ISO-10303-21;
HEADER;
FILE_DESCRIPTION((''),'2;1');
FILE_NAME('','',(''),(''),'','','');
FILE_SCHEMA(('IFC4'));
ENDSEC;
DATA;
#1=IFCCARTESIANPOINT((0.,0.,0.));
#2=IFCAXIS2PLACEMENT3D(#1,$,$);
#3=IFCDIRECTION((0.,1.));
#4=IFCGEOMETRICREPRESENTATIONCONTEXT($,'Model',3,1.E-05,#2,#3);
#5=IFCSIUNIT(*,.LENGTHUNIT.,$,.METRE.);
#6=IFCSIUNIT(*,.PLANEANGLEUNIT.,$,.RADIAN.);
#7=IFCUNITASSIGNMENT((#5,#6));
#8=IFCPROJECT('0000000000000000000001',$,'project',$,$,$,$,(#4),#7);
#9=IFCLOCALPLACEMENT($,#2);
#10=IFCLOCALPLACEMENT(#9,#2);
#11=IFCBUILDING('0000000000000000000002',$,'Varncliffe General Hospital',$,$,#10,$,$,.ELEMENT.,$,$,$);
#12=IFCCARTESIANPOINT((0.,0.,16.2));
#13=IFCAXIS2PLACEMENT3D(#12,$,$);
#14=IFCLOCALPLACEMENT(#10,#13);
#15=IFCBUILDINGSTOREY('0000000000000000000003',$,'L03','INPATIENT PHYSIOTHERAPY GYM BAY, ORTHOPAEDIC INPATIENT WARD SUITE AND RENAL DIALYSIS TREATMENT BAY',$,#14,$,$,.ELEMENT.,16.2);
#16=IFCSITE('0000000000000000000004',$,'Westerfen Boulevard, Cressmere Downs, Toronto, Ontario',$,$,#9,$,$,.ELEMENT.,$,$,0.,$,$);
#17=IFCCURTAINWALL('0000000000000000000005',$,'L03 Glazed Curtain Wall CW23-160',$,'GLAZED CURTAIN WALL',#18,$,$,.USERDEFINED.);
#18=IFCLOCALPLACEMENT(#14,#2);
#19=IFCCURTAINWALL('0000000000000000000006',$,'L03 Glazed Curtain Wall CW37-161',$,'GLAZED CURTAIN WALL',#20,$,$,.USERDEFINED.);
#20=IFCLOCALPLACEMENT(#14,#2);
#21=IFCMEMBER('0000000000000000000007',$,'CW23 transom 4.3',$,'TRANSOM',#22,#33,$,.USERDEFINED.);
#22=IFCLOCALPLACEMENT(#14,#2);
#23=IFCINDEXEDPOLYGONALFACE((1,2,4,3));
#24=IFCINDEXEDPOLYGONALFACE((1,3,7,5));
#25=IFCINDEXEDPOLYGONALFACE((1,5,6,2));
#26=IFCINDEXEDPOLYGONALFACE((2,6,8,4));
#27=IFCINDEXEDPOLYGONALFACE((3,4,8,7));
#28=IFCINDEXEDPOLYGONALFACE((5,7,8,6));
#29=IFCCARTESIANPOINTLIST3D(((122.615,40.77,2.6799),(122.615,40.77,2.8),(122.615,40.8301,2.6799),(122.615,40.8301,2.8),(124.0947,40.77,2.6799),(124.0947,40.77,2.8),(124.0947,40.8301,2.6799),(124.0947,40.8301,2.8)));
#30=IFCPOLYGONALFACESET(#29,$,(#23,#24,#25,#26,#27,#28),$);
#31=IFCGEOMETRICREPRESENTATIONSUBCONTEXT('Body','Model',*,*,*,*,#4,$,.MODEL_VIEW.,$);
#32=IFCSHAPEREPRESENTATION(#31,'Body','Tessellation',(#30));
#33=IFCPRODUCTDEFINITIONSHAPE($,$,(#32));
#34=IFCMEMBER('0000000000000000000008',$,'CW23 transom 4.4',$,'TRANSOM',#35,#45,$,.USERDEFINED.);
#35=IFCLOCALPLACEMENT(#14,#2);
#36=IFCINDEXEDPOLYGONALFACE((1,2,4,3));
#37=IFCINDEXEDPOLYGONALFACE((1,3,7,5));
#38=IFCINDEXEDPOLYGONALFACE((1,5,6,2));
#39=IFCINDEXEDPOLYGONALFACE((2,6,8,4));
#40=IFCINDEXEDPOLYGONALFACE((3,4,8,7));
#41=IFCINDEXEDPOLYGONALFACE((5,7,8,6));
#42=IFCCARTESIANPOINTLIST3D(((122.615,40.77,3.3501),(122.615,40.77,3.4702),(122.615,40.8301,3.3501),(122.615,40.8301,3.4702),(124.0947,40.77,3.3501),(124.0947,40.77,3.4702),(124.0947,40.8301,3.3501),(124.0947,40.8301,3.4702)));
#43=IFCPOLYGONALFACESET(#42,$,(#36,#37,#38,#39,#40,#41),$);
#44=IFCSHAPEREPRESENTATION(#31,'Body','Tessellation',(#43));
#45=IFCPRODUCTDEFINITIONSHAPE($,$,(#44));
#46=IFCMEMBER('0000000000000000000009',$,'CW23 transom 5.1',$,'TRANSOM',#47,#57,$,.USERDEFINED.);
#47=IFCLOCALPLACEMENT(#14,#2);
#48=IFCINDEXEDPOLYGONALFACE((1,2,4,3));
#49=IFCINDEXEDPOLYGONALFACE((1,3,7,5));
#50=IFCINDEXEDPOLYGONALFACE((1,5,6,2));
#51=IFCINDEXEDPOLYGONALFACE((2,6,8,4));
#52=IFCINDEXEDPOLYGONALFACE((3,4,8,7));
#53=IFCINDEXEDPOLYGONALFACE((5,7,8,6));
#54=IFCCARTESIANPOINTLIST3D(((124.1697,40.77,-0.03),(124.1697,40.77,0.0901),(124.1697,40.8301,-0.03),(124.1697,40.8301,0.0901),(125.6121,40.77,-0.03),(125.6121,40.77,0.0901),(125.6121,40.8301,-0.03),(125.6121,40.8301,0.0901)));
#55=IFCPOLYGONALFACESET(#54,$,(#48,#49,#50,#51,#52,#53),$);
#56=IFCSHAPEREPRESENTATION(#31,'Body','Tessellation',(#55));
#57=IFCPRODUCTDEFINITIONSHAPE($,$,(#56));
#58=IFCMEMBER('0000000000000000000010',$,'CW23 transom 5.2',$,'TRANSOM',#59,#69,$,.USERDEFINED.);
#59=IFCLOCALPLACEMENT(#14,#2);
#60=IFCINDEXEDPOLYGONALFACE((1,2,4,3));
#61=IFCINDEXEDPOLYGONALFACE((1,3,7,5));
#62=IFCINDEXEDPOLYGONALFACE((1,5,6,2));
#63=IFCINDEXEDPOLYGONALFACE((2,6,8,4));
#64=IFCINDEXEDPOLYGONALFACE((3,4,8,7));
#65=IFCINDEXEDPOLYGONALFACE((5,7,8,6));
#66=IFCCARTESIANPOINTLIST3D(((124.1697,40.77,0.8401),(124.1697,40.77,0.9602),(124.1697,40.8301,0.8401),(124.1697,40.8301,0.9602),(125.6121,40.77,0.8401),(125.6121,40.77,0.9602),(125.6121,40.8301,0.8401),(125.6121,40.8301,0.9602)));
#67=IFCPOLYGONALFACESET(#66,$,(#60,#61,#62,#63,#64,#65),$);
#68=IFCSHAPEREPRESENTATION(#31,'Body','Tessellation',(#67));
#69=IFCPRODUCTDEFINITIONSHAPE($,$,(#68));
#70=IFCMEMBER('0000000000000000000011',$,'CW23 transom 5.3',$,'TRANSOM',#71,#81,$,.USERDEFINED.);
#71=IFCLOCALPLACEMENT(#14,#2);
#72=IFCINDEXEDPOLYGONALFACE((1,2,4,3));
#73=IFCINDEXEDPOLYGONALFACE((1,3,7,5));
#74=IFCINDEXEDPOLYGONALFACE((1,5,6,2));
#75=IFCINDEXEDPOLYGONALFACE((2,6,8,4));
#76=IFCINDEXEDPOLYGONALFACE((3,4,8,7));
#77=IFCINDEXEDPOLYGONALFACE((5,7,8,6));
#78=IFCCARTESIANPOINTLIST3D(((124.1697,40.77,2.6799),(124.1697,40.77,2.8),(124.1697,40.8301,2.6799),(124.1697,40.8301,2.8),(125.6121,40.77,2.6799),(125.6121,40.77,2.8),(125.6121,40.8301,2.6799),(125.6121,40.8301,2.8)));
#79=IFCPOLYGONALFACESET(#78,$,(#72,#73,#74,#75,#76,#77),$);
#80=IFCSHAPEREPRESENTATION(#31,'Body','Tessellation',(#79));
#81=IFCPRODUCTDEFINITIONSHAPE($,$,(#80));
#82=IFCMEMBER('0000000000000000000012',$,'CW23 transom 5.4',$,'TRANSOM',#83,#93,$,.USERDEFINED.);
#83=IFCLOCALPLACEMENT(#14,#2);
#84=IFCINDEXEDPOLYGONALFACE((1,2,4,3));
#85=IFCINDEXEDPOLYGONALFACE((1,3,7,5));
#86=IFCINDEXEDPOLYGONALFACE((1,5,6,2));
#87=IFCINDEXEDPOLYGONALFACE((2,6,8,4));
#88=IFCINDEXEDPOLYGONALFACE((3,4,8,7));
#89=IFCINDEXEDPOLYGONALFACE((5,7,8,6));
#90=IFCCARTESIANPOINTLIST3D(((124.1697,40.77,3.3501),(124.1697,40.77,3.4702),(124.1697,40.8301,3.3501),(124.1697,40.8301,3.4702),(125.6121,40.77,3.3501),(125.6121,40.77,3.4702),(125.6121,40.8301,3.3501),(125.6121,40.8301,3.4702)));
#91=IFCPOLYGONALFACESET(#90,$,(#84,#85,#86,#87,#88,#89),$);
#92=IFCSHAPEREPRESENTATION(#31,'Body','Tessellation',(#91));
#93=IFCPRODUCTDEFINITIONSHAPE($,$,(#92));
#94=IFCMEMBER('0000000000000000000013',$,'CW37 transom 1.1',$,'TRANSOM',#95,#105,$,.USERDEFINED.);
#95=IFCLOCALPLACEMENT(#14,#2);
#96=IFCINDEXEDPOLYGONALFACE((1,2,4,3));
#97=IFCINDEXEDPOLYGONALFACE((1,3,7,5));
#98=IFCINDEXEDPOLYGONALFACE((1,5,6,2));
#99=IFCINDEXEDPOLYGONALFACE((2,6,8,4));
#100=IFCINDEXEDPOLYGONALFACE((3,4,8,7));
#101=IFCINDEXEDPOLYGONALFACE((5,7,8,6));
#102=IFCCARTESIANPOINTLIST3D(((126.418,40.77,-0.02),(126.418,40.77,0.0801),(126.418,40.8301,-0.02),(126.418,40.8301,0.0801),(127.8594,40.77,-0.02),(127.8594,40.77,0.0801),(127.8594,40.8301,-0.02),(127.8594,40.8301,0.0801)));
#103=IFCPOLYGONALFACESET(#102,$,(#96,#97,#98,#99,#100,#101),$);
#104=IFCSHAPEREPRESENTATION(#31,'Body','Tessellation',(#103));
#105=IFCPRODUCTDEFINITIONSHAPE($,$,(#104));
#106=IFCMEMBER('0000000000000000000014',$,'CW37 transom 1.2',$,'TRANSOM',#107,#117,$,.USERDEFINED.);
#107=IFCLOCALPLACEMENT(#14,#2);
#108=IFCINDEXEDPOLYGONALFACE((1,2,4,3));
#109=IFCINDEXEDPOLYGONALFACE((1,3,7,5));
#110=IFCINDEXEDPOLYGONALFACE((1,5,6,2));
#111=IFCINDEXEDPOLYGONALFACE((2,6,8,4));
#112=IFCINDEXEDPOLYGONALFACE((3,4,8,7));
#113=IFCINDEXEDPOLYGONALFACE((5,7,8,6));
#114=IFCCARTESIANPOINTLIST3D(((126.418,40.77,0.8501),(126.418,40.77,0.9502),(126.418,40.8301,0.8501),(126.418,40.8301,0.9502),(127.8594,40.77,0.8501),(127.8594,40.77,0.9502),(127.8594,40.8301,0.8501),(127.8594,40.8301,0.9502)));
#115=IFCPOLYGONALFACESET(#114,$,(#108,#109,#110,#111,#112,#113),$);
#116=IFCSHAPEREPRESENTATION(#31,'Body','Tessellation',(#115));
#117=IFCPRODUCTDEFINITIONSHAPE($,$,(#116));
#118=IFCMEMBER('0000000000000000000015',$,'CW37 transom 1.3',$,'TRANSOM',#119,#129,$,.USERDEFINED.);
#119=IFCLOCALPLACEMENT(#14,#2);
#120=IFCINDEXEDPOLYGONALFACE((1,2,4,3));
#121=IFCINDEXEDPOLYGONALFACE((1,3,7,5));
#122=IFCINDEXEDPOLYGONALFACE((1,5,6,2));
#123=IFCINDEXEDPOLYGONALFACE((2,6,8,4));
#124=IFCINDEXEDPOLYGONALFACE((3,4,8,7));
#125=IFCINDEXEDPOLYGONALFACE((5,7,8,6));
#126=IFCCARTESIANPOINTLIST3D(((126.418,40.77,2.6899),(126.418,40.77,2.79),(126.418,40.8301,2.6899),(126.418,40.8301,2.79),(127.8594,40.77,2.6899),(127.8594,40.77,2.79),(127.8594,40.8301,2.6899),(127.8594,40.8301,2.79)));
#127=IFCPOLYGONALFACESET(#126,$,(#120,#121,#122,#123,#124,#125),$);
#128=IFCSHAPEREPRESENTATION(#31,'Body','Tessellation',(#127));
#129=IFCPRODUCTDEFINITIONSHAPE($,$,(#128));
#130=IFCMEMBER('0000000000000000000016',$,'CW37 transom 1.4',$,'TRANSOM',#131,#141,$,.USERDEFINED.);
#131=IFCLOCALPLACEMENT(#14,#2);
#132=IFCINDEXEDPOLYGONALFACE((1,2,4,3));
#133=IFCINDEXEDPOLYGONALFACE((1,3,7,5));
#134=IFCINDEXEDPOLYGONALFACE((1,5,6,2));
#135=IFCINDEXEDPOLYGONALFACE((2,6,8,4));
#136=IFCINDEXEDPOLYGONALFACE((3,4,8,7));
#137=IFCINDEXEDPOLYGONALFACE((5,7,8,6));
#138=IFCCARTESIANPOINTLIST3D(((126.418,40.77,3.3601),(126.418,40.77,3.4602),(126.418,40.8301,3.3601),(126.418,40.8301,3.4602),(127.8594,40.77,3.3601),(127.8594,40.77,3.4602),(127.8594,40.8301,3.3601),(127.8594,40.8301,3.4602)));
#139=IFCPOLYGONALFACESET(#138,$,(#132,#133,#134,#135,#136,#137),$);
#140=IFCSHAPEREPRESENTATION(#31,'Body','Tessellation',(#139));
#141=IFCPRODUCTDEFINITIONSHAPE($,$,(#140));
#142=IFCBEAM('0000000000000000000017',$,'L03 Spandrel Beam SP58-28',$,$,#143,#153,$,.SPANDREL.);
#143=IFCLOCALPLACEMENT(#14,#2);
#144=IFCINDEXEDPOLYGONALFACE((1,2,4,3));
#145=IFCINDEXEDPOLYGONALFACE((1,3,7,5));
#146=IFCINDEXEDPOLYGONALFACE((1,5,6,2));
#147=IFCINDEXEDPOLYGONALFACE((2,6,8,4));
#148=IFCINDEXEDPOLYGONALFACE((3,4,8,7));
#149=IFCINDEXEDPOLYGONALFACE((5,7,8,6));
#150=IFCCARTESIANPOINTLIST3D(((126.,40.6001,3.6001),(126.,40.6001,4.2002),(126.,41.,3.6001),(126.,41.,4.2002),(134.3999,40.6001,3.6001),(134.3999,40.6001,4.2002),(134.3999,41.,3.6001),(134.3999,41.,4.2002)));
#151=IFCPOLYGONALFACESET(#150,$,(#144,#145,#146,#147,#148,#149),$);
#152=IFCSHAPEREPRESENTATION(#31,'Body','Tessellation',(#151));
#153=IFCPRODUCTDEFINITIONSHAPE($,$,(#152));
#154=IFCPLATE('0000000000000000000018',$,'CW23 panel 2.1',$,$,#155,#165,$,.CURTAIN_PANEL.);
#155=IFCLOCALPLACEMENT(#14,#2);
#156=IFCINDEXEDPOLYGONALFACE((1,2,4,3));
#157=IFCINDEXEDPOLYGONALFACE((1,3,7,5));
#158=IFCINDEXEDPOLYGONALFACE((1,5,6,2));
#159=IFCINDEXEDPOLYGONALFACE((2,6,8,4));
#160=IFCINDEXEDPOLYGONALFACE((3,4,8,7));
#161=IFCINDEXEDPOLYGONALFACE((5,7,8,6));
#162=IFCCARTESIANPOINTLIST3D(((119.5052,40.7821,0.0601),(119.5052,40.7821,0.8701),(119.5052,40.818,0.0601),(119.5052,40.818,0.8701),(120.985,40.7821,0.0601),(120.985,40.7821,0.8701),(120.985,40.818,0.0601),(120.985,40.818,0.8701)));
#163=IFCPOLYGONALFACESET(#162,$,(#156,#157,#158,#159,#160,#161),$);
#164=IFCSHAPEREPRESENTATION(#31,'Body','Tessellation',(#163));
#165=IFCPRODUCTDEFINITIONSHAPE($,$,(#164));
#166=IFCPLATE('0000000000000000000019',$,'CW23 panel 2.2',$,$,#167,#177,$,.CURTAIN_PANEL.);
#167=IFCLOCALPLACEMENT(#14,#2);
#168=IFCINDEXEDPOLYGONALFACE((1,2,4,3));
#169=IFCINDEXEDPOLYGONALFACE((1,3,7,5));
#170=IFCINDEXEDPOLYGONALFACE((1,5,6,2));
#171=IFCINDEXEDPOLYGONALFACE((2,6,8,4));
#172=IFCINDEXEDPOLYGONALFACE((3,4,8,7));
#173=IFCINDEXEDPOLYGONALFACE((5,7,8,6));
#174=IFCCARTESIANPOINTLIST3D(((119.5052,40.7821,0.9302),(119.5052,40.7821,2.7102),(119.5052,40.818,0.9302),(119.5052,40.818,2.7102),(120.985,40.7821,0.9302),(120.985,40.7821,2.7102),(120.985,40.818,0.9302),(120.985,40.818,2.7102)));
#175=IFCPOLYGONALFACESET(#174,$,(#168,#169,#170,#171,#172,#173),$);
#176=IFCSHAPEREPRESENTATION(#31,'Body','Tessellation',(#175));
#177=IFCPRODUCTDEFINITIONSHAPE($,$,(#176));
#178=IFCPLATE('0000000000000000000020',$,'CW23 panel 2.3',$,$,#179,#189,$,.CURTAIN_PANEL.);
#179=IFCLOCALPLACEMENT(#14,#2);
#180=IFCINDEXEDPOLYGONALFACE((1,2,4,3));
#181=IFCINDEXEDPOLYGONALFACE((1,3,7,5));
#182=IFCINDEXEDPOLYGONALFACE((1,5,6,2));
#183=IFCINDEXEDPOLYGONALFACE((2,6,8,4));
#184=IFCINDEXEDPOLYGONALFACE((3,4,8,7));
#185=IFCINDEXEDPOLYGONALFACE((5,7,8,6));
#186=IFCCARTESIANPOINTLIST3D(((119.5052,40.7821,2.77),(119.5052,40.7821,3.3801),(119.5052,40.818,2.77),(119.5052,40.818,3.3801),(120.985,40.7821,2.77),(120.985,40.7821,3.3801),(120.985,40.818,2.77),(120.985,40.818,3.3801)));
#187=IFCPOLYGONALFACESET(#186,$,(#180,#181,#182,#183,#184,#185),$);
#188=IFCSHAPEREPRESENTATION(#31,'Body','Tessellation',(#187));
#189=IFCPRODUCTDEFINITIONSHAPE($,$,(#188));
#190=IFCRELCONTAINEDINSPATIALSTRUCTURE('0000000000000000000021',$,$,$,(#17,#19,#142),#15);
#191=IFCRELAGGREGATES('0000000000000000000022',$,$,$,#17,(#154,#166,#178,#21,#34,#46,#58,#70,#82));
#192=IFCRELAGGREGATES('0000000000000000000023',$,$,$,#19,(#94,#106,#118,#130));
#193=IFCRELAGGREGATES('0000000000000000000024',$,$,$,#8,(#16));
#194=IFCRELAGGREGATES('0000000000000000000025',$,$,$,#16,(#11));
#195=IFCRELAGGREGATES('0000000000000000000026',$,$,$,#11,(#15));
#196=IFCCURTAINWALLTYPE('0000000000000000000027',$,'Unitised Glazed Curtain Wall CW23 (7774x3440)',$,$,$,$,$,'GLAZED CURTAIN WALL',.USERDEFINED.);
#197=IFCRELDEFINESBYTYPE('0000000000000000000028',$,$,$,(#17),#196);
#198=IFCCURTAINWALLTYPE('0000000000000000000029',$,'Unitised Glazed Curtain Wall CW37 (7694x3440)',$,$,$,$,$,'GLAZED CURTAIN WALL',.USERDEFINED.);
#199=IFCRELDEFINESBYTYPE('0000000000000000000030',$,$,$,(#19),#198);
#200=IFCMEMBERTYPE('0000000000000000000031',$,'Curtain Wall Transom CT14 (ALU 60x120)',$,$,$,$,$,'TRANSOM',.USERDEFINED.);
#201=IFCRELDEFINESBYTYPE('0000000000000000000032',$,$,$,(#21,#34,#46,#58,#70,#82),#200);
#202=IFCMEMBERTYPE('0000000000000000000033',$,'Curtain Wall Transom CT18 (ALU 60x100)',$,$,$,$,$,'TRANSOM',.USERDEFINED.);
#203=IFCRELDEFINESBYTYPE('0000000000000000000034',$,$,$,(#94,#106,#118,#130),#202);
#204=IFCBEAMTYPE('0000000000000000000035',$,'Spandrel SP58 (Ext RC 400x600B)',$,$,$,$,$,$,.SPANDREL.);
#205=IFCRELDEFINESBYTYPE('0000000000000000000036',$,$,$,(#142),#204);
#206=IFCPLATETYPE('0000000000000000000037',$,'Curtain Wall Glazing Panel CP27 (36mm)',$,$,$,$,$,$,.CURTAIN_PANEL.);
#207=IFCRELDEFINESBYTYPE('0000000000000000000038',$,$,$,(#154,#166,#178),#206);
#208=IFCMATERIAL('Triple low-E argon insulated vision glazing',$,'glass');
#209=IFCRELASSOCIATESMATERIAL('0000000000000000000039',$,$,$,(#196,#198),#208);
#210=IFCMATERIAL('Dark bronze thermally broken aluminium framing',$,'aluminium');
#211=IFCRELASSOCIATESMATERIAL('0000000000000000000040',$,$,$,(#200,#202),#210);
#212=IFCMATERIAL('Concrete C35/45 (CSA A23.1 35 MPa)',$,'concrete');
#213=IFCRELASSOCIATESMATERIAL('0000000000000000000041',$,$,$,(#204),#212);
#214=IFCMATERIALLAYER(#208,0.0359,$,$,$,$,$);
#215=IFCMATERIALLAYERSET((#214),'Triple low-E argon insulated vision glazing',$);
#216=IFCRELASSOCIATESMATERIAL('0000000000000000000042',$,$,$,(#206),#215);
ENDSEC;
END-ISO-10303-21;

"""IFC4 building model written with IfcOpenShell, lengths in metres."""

from ifc_helpers import new_model, si_unit, direction, frame, origin, origin_2d, place, context, subcontext, project, spatial, rectangle, extrude, material, layer, layer_set, material_profile, profile_set, type_object, element, aggregate, save


model = new_model("IFC4")

# Units and contexts
model_context = context("Model", 3, precision=1e-05, world=origin(), true_north=direction((0.0, 1.0)))
body_context = subcontext(model_context, "Body", "Model", "MODEL_VIEW")
ifc_project = project(units=[si_unit("LENGTHUNIT", "METRE"), si_unit("PLANEANGLEUNIT", "RADIAN")], contexts=[model_context])

# Site, building, storey
site_placement = place(None, origin())
site = spatial("IfcSite", under=ifc_project, at=site_placement, Name="Westerfen Boulevard, Cressmere Downs, Toronto, Ontario", CompositionType="ELEMENT", RefElevation=0.0)
building_placement = place(site_placement, origin())
building = spatial("IfcBuilding", under=site, at=building_placement, Name="Varncliffe General Hospital", CompositionType="ELEMENT")
storey_placement = place(building_placement, frame((0.0, 0.0, 16.2)))
storey = spatial("IfcBuildingStorey", under=building, at=storey_placement, Name="L03", Description="INPATIENT PHYSIOTHERAPY GYM BAY, ORTHOPAEDIC INPATIENT WARD SUITE AND RENAL DIALYSIS TREATMENT BAY", CompositionType="ELEMENT", Elevation=16.2)

# Curtain wall
ifc_material_1 = material(Name="Triple low-E argon insulated vision glazing", Category="glass")
curtain_wall_type_1 = type_object("IfcCurtainWallType", Name="Unitised Glazed Curtain Wall CW23 (7774x3440)", ElementType="GLAZED CURTAIN WALL", PredefinedType="USERDEFINED", material=ifc_material_1)
curtain_wall_1_placement = place(storey_placement, origin())
curtain_wall_1 = element("IfcCurtainWall", 1, at=curtain_wall_1_placement, inside=storey, type_object=curtain_wall_type_1, Name="L03 Glazed Curtain Wall CW23-160", ObjectType="GLAZED CURTAIN WALL", PredefinedType="USERDEFINED")
ifc_material_2 = material(Name="Dark bronze thermally broken aluminium framing", Category="aluminium")

# Curtain wall
curtain_wall_type_2 = type_object("IfcCurtainWallType", Name="Unitised Glazed Curtain Wall CW37 (7694x3440)", ElementType="GLAZED CURTAIN WALL", PredefinedType="USERDEFINED", material=ifc_material_1)
curtain_wall_2_placement = place(storey_placement, origin())
curtain_wall_2 = element("IfcCurtainWall", 2, at=curtain_wall_2_placement, inside=storey, type_object=curtain_wall_type_2, Name="L03 Glazed Curtain Wall CW37-161", ObjectType="GLAZED CURTAIN WALL", PredefinedType="USERDEFINED")

# Members
ifc_material_profile_1 = material_profile(ifc_material_2, rectangle(XDim=0.0601, YDim=0.1201, at=origin_2d()), Name="ALU 60x120")
ifc_profile_set_1 = profile_set([ifc_material_profile_1], Name="Dark bronze thermally broken aluminium framing")
member_type_1 = type_object("IfcMemberType", Name="Curtain Wall Transom CT14 (ALU 60x120)", ElementType="TRANSOM", PredefinedType="USERDEFINED", material=ifc_profile_set_1)
member_1_placement = place(storey_placement, frame((122.615, 40.8, 2.74), z_axis=(1.0, 0.0, 0.0), x_axis=(0.0, 1.0, 0.0)))
member_1 = element("IfcMember", 3, at=member_1_placement, type_object=member_type_1, Name="CW23 transom 4.3", ObjectType="TRANSOM", PredefinedType="USERDEFINED", context=body_context, shape_type="SweptSolid", body=[
    extrude(rectangle(XDim=0.0601, YDim=0.1201, at=origin_2d()), origin(), (0.0, 0.0, 1.0), 1.4797),
])
member_2_placement = place(storey_placement, frame((122.615, 40.8, 3.4102), z_axis=(1.0, 0.0, 0.0), x_axis=(0.0, 1.0, 0.0)))
member_2 = element("IfcMember", 4, at=member_2_placement, type_object=member_type_1, Name="CW23 transom 4.4", ObjectType="TRANSOM", PredefinedType="USERDEFINED", context=body_context, shape_type="SweptSolid", body=[
    extrude(rectangle(XDim=0.0601, YDim=0.1201, at=origin_2d()), origin(), (0.0, 0.0, 1.0), 1.4797),
])
member_3_placement = place(storey_placement, frame((124.1697, 40.8, 0.03), z_axis=(1.0, 0.0, 0.0), x_axis=(0.0, 1.0, 0.0)))
member_3 = element("IfcMember", 5, at=member_3_placement, type_object=member_type_1, Name="CW23 transom 5.1", ObjectType="TRANSOM", PredefinedType="USERDEFINED", context=body_context, shape_type="SweptSolid", body=[
    extrude(rectangle(XDim=0.0601, YDim=0.1201, at=origin_2d()), origin(), (0.0, 0.0, 1.0), 1.4424),
])
member_4_placement = place(storey_placement, frame((124.1697, 40.8, 0.9001), z_axis=(1.0, 0.0, 0.0), x_axis=(0.0, 1.0, 0.0)))
member_4 = element("IfcMember", 6, at=member_4_placement, type_object=member_type_1, Name="CW23 transom 5.2", ObjectType="TRANSOM", PredefinedType="USERDEFINED", context=body_context, shape_type="SweptSolid", body=[
    extrude(rectangle(XDim=0.0601, YDim=0.1201, at=origin_2d()), origin(), (0.0, 0.0, 1.0), 1.4424),
])
member_5_placement = place(storey_placement, frame((124.1697, 40.8, 2.74), z_axis=(1.0, 0.0, 0.0), x_axis=(0.0, 1.0, 0.0)))
member_5 = element("IfcMember", 7, at=member_5_placement, type_object=member_type_1, Name="CW23 transom 5.3", ObjectType="TRANSOM", PredefinedType="USERDEFINED", context=body_context, shape_type="SweptSolid", body=[
    extrude(rectangle(XDim=0.0601, YDim=0.1201, at=origin_2d()), origin(), (0.0, 0.0, 1.0), 1.4424),
])
member_6_placement = place(storey_placement, frame((124.1697, 40.8, 3.4102), z_axis=(1.0, 0.0, 0.0), x_axis=(0.0, 1.0, 0.0)))
member_6 = element("IfcMember", 8, at=member_6_placement, type_object=member_type_1, Name="CW23 transom 5.4", ObjectType="TRANSOM", PredefinedType="USERDEFINED", context=body_context, shape_type="SweptSolid", body=[
    extrude(rectangle(XDim=0.0601, YDim=0.1201, at=origin_2d()), origin(), (0.0, 0.0, 1.0), 1.4424),
])
ifc_material_profile_2 = material_profile(ifc_material_2, rectangle(XDim=0.0601, YDim=0.1001, at=origin_2d()), Name="ALU 60x100")
ifc_profile_set_2 = profile_set([ifc_material_profile_2], Name="Dark bronze thermally broken aluminium framing")
member_type_2 = type_object("IfcMemberType", Name="Curtain Wall Transom CT18 (ALU 60x100)", ElementType="TRANSOM", PredefinedType="USERDEFINED", material=ifc_profile_set_2)
member_7_placement = place(storey_placement, frame((126.418, 40.8, 0.03), z_axis=(1.0, 0.0, 0.0), x_axis=(0.0, 1.0, 0.0)))
member_7 = element("IfcMember", 9, at=member_7_placement, type_object=member_type_2, Name="CW37 transom 1.1", ObjectType="TRANSOM", PredefinedType="USERDEFINED", context=body_context, shape_type="SweptSolid", body=[
    extrude(rectangle(XDim=0.0601, YDim=0.1001, at=origin_2d()), origin(), (0.0, 0.0, 1.0), 1.4414),
])
member_8_placement = place(storey_placement, frame((126.418, 40.8, 0.9001), z_axis=(1.0, 0.0, 0.0), x_axis=(0.0, 1.0, 0.0)))
member_8 = element("IfcMember", 10, at=member_8_placement, type_object=member_type_2, Name="CW37 transom 1.2", ObjectType="TRANSOM", PredefinedType="USERDEFINED", context=body_context, shape_type="SweptSolid", body=[
    extrude(rectangle(XDim=0.0601, YDim=0.1001, at=origin_2d()), origin(), (0.0, 0.0, 1.0), 1.4414),
])
member_9_placement = place(storey_placement, frame((126.418, 40.8, 2.74), z_axis=(1.0, 0.0, 0.0), x_axis=(0.0, 1.0, 0.0)))
member_9 = element("IfcMember", 11, at=member_9_placement, type_object=member_type_2, Name="CW37 transom 1.3", ObjectType="TRANSOM", PredefinedType="USERDEFINED", context=body_context, shape_type="SweptSolid", body=[
    extrude(rectangle(XDim=0.0601, YDim=0.1001, at=origin_2d()), origin(), (0.0, 0.0, 1.0), 1.4414),
])
member_10_placement = place(storey_placement, frame((126.418, 40.8, 3.4102), z_axis=(1.0, 0.0, 0.0), x_axis=(0.0, 1.0, 0.0)))
member_10 = element("IfcMember", 12, at=member_10_placement, type_object=member_type_2, Name="CW37 transom 1.4", ObjectType="TRANSOM", PredefinedType="USERDEFINED", context=body_context, shape_type="SweptSolid", body=[
    extrude(rectangle(XDim=0.0601, YDim=0.1001, at=origin_2d()), origin(), (0.0, 0.0, 1.0), 1.4414),
])

# Beam
ifc_material_3 = material(Name="Concrete C35/45 (CSA A23.1 35 MPa)", Category="concrete")
ifc_material_profile_3 = material_profile(ifc_material_3, rectangle(XDim=0.3999, YDim=0.6001, at=origin_2d()), Name="RC 400x600")
ifc_profile_set_3 = profile_set([ifc_material_profile_3], Name="Concrete C35/45 (CSA A23.1 35 MPa)")
beam_type = type_object("IfcBeamType", Name="Spandrel SP58 (Ext RC 400x600B)", PredefinedType="SPANDREL", material=ifc_profile_set_3)
beam_placement = place(storey_placement, frame((126.0, 40.8, 3.9001), z_axis=(1.0, 0.0, 0.0), x_axis=(0.0, 1.0, 0.0)))
element("IfcBeam", 13, at=beam_placement, inside=storey, type_object=beam_type, Name="L03 Spandrel Beam SP58-28", PredefinedType="SPANDREL", context=body_context, shape_type="SweptSolid", body=[
    extrude(rectangle(XDim=0.3999, YDim=0.6001, at=origin_2d()), origin(), (0.0, 0.0, 1.0), 8.3999),
])

# Plates
ifc_layer_1 = layer(ifc_material_1, 0.0359)
ifc_layer_set_1 = layer_set([ifc_layer_1], Name="Triple low-E argon insulated vision glazing")
plate_type_1 = type_object("IfcPlateType", Name="Curtain Wall Glazing Panel CP27 (36mm)", PredefinedType="CURTAIN_PANEL", material=ifc_layer_set_1)
plate_1_placement = place(storey_placement, frame((120.2451, 40.8, 0.0601), z_axis=(0.0, 0.0, 1.0), x_axis=(1.0, 0.0, 0.0)))
plate_1 = element("IfcPlate", 14, at=plate_1_placement, type_object=plate_type_1, Name="CW23 panel 2.1", PredefinedType="CURTAIN_PANEL", context=body_context, shape_type="SweptSolid", body=[
    extrude(rectangle(XDim=1.4797, YDim=0.0359, at=origin_2d()), origin(), (0.0, 0.0, 1.0), 0.8101),
])
plate_2_placement = place(storey_placement, frame((120.2451, 40.8, 0.9302), z_axis=(0.0, 0.0, 1.0), x_axis=(1.0, 0.0, 0.0)))
plate_2 = element("IfcPlate", 15, at=plate_2_placement, type_object=plate_type_1, Name="CW23 panel 2.2", PredefinedType="CURTAIN_PANEL", context=body_context, shape_type="SweptSolid", body=[
    extrude(rectangle(XDim=1.4797, YDim=0.0359, at=origin_2d()), origin(), (0.0, 0.0, 1.0), 1.78),
])
plate_3_placement = place(storey_placement, frame((120.2451, 40.8, 2.77), z_axis=(0.0, 0.0, 1.0), x_axis=(1.0, 0.0, 0.0)))
plate_3 = element("IfcPlate", 16, at=plate_3_placement, type_object=plate_type_1, Name="CW23 panel 2.3", PredefinedType="CURTAIN_PANEL", context=body_context, shape_type="SweptSolid", body=[
    extrude(rectangle(XDim=1.4797, YDim=0.0359, at=origin_2d()), origin(), (0.0, 0.0, 1.0), 0.6101),
])
aggregate(curtain_wall_1, [plate_1, plate_2, plate_3, member_1, member_2, member_3, member_4, member_5, member_6])
aggregate(curtain_wall_2, [member_7, member_8, member_9, member_10])

save(model, "model.ifc")
